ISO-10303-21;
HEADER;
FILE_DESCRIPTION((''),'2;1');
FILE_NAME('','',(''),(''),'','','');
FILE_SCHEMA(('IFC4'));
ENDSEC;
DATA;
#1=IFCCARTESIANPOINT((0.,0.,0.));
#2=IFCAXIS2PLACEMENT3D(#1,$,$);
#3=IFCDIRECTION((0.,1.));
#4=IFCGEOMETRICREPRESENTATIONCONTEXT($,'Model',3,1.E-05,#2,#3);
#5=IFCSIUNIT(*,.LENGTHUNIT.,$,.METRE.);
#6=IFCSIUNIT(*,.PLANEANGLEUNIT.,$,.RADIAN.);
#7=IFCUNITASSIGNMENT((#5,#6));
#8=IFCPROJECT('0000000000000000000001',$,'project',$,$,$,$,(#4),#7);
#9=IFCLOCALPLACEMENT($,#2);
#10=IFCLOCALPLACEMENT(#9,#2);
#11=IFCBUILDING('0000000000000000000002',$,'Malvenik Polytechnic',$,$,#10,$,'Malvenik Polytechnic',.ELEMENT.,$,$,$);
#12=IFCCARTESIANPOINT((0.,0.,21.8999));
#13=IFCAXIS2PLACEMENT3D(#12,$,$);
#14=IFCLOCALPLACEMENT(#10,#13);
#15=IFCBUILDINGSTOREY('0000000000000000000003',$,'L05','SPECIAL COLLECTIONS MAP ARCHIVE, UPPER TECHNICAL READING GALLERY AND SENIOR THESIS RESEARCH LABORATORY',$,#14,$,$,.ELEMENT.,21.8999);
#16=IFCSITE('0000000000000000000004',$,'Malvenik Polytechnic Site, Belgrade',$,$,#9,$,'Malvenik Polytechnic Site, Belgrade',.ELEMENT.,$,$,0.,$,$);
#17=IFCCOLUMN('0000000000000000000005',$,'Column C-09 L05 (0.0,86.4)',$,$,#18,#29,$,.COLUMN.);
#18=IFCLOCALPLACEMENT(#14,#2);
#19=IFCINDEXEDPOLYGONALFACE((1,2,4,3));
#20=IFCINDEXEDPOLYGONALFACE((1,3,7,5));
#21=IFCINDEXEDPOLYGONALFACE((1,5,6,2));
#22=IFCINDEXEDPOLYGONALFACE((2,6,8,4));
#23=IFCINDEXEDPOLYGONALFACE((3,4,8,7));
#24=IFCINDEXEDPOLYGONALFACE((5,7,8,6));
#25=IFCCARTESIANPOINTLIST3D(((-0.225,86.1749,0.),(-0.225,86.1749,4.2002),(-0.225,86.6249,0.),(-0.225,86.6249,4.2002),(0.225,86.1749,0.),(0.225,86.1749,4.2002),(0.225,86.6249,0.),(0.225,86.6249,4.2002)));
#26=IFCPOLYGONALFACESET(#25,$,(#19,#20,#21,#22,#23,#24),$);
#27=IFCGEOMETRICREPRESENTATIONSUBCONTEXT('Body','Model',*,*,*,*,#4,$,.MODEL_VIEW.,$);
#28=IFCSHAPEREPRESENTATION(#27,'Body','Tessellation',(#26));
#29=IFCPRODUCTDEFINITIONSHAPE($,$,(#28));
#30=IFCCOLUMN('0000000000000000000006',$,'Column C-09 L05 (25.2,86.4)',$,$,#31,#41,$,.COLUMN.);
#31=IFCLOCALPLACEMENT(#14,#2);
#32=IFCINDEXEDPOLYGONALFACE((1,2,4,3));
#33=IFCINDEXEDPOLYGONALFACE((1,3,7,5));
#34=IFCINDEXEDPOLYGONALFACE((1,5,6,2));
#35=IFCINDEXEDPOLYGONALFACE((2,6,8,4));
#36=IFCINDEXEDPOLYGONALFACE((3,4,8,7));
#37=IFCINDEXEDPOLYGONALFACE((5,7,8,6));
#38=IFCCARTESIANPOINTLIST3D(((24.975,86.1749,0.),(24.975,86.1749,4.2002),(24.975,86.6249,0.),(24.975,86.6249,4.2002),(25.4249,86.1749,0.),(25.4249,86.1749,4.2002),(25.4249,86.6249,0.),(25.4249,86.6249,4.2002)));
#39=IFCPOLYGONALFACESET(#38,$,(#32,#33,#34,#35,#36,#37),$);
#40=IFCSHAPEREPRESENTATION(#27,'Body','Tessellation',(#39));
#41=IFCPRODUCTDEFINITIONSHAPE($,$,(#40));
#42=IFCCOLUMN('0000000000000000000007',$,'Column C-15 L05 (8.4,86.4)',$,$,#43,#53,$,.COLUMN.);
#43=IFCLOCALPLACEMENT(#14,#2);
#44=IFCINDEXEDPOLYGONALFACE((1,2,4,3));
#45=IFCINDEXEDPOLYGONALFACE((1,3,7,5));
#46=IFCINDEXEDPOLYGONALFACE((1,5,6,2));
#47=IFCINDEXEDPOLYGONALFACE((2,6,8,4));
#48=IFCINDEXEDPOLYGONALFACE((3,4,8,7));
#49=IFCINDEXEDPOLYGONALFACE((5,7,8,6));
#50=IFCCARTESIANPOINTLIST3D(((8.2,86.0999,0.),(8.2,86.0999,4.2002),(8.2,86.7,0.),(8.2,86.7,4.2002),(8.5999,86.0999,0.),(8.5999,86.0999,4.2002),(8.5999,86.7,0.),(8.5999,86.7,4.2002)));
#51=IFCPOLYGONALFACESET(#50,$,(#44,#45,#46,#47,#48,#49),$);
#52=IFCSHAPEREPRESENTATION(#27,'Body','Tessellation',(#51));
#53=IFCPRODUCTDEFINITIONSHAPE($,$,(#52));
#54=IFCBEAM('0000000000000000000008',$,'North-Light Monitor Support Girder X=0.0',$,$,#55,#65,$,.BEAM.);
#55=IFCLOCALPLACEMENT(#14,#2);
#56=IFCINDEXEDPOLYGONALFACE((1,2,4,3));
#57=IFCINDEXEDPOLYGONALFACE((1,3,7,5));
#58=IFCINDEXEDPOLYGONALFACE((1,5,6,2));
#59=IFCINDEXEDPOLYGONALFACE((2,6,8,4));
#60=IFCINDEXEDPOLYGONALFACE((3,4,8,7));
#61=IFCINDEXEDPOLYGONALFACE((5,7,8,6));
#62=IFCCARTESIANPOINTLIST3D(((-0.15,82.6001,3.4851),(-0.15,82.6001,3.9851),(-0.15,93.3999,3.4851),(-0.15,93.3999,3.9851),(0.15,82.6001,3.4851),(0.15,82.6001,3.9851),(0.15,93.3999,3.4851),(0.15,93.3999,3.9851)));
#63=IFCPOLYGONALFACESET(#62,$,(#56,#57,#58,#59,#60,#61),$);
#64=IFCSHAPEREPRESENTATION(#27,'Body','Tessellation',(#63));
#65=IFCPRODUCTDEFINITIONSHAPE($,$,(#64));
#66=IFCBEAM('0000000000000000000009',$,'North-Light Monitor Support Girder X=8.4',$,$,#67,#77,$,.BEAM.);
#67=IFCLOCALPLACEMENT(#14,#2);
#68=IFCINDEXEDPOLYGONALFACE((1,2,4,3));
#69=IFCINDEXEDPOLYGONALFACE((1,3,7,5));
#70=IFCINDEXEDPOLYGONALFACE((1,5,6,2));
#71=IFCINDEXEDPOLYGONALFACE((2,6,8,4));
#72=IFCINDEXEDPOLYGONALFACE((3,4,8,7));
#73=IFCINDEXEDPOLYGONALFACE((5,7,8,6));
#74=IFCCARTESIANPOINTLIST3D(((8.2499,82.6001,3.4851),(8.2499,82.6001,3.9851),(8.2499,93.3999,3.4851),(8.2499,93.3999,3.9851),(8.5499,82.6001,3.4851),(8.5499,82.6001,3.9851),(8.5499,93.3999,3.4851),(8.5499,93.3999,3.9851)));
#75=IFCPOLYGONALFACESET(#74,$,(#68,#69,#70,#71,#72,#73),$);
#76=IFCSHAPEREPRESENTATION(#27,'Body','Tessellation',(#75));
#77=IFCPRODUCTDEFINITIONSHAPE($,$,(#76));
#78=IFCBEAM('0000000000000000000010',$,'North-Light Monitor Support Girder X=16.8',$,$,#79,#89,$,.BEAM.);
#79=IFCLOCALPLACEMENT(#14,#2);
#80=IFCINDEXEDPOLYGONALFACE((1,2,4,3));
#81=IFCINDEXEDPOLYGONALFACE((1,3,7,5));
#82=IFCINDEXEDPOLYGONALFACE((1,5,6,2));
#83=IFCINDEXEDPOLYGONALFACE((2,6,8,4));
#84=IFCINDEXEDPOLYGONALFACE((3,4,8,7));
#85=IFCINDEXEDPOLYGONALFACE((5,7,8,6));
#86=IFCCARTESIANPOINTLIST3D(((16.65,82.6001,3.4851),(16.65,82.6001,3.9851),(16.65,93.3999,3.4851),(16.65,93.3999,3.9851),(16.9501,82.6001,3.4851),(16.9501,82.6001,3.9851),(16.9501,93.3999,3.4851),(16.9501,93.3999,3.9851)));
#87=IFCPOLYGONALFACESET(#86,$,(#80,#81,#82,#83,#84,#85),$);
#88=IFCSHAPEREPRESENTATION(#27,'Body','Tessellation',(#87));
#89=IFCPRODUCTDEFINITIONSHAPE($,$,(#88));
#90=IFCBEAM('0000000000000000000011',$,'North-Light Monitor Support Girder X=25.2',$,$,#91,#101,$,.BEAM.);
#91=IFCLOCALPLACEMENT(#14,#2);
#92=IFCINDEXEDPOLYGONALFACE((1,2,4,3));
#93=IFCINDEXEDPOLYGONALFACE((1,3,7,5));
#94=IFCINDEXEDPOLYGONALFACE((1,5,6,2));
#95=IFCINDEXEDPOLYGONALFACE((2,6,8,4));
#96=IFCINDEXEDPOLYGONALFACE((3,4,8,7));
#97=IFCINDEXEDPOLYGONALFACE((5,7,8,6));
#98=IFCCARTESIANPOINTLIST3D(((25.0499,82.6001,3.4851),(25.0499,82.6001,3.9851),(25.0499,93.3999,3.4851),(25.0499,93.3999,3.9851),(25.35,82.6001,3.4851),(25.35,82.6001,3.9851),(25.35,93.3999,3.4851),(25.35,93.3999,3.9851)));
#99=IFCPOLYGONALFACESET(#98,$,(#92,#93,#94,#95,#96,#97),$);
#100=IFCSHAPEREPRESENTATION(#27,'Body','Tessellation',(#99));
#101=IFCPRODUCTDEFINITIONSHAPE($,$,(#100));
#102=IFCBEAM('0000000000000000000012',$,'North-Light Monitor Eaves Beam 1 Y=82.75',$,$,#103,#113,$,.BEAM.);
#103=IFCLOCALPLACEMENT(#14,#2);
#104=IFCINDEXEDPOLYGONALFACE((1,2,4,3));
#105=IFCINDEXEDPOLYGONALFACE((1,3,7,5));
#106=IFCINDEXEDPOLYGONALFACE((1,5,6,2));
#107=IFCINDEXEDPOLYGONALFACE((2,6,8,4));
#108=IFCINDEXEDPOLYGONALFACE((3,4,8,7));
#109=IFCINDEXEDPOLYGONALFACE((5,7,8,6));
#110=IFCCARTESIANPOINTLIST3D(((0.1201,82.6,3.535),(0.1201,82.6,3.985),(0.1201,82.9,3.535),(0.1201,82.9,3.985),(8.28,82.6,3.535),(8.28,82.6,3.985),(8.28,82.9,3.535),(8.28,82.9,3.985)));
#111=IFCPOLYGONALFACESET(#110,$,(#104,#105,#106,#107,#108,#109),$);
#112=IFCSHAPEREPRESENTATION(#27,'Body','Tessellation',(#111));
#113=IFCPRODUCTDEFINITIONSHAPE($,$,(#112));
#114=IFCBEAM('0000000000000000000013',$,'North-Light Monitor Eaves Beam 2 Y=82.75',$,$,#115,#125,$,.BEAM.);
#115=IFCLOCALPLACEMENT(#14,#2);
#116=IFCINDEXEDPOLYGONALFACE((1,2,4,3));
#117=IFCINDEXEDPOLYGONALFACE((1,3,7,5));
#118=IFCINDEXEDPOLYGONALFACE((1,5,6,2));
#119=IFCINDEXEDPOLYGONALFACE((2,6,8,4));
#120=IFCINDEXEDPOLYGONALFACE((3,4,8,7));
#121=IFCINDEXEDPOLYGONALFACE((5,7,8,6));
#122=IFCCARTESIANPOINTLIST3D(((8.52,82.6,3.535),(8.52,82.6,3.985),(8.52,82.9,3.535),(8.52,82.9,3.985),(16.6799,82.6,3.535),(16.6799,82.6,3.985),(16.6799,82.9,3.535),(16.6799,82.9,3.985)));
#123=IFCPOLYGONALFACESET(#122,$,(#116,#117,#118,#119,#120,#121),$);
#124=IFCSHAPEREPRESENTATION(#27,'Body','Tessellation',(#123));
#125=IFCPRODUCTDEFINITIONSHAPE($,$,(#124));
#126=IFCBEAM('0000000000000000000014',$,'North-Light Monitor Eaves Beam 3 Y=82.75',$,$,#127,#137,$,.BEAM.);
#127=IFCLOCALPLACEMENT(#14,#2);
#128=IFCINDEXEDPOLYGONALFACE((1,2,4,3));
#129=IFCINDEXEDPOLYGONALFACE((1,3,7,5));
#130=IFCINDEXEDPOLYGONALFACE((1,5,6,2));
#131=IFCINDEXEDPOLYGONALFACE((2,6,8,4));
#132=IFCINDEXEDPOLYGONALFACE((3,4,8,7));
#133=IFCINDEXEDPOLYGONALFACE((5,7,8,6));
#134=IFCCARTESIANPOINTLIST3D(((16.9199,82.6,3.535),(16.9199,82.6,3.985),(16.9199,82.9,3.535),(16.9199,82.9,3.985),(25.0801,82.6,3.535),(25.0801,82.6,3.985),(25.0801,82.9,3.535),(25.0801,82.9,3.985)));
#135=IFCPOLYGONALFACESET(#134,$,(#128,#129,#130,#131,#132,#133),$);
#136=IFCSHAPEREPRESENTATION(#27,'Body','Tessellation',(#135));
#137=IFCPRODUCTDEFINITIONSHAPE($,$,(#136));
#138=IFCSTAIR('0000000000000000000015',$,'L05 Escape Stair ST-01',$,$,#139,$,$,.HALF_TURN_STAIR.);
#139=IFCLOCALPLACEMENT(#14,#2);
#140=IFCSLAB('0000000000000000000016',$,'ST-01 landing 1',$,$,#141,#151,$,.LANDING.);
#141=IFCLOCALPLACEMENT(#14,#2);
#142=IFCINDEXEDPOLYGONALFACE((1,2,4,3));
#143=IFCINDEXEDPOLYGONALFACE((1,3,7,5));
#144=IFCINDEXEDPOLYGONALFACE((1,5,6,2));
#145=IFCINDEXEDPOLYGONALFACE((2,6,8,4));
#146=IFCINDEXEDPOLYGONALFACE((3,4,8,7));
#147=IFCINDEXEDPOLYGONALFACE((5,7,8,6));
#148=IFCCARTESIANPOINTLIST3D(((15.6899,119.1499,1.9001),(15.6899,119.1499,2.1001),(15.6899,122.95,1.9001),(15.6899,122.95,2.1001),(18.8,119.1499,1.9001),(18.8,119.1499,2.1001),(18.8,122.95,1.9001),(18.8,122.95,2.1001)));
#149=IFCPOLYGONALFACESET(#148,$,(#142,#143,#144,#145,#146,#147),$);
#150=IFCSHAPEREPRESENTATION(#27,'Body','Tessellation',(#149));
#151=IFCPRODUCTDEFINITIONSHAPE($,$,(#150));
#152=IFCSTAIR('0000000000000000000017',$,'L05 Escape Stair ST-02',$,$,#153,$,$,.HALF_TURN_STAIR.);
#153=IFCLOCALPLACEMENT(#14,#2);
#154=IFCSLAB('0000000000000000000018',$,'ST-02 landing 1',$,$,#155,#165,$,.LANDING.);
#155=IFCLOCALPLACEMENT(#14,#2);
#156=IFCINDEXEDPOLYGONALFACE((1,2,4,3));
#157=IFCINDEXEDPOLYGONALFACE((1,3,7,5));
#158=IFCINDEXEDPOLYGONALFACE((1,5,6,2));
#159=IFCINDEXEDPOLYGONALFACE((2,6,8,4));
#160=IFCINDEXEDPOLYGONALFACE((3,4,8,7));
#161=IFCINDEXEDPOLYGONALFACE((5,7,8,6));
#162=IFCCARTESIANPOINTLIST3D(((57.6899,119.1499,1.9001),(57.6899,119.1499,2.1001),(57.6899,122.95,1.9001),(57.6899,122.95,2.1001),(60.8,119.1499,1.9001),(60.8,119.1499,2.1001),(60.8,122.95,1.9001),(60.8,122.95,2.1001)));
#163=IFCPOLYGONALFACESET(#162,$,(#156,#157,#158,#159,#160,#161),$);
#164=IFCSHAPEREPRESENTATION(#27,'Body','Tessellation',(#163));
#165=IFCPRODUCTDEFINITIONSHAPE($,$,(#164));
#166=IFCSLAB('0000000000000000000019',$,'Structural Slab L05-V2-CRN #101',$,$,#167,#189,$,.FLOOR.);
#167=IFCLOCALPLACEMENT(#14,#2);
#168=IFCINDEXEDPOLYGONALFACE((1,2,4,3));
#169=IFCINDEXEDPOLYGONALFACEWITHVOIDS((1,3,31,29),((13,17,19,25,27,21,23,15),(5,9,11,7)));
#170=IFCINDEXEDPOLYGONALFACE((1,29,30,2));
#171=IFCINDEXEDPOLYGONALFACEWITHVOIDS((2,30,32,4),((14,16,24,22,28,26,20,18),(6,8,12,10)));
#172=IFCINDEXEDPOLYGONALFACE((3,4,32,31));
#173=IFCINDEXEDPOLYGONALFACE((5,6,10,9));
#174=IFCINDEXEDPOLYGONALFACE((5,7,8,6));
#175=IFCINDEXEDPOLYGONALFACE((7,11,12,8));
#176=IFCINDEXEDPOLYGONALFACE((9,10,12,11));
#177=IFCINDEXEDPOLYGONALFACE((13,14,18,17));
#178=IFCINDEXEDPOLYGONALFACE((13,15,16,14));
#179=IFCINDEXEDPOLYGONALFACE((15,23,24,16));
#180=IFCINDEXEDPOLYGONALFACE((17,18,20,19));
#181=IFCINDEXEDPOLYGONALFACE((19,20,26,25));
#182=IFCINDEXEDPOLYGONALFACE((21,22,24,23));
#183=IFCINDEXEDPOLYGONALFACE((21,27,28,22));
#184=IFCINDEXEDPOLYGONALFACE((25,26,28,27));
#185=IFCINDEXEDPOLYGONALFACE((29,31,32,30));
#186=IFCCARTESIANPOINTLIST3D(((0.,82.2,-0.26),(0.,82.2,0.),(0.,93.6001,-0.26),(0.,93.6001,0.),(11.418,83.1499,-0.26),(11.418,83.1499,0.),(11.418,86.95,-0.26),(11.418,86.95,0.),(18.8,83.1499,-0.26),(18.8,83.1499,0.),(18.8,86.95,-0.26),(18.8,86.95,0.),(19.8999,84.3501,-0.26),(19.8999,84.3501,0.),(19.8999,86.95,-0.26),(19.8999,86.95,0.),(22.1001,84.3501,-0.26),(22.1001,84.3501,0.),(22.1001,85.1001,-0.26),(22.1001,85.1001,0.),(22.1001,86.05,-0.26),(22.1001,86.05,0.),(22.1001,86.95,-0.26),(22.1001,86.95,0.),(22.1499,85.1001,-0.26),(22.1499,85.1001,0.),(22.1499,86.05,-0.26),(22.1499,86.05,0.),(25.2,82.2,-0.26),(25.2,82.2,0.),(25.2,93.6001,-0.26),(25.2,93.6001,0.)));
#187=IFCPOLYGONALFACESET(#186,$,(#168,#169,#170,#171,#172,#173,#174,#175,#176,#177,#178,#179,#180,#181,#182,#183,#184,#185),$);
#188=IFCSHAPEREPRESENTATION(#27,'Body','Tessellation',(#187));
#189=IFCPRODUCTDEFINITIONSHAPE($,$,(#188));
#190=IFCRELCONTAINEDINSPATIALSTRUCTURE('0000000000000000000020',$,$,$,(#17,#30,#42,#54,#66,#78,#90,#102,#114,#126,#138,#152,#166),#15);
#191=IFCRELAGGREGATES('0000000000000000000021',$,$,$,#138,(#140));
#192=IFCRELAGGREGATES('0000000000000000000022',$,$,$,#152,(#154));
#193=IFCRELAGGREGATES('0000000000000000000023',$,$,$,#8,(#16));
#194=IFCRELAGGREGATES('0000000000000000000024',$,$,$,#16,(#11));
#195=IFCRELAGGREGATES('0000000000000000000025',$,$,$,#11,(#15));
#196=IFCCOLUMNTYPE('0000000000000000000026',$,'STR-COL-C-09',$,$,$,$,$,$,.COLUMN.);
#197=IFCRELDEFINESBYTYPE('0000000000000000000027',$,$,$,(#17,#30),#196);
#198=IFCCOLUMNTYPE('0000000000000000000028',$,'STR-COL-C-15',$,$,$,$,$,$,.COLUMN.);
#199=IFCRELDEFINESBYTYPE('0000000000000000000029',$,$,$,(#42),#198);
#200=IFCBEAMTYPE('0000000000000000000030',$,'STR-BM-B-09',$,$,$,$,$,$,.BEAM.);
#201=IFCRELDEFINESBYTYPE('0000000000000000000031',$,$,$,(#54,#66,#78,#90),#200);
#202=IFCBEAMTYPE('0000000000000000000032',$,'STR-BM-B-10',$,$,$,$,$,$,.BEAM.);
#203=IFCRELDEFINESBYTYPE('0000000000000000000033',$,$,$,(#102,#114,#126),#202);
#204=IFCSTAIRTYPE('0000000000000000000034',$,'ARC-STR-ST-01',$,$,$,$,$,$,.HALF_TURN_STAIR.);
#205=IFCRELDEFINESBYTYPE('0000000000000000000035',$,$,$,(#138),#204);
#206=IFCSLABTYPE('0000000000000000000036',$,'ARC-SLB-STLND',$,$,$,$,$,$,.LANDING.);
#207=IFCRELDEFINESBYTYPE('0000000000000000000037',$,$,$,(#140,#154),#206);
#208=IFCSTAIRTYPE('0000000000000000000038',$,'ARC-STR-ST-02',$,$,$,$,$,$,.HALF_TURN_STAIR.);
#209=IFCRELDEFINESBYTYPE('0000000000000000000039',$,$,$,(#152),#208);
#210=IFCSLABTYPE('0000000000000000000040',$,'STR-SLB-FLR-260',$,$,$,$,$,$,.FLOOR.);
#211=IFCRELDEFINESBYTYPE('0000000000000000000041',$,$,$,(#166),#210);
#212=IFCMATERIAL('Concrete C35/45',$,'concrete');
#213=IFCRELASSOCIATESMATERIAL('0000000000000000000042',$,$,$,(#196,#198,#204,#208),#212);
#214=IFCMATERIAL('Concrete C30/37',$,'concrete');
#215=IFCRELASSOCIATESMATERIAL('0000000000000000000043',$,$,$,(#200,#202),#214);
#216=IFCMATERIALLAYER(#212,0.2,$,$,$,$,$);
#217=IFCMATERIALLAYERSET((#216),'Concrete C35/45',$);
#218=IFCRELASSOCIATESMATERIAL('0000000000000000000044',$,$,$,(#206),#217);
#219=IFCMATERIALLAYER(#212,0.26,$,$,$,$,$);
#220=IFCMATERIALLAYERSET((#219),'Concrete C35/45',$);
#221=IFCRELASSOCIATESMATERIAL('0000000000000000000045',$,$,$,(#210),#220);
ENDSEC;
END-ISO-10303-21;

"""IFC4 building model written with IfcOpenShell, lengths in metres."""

from ifc_helpers import new_model, si_unit, direction, frame, origin, origin_2d, place, context, subcontext, project, spatial, polyline, rectangle, outline, extrude, material, layer, layer_set, material_profile, profile_set, type_object, element, aggregate, save


model = new_model("IFC4")

# Units and contexts
model_context = context("Model", 3, precision=1e-05, world=origin(), true_north=direction((0.0, 1.0)))
body_context = subcontext(model_context, "Body", "Model", "MODEL_VIEW")
ifc_project = project(units=[si_unit("LENGTHUNIT", "METRE"), si_unit("PLANEANGLEUNIT", "RADIAN")], contexts=[model_context])

# Site, building, storey
site_placement = place(None, origin())
site = spatial("IfcSite", under=ifc_project, at=site_placement, Name="Malvenik Polytechnic Site, Belgrade", LongName="Malvenik Polytechnic Site, Belgrade", CompositionType="ELEMENT", RefElevation=0.0)
building_placement = place(site_placement, origin())
building = spatial("IfcBuilding", under=site, at=building_placement, Name="Malvenik Polytechnic", LongName="Malvenik Polytechnic", CompositionType="ELEMENT")
storey_placement = place(building_placement, frame((0.0, 0.0, 21.8999)))
storey = spatial("IfcBuildingStorey", under=building, at=storey_placement, Name="L05", Description="SPECIAL COLLECTIONS MAP ARCHIVE, UPPER TECHNICAL READING GALLERY AND SENIOR THESIS RESEARCH LABORATORY", CompositionType="ELEMENT", Elevation=21.8999)

# Columns
ifc_material_1 = material(Name="Concrete C35/45", Category="concrete")
ifc_material_profile_1 = material_profile(ifc_material_1, rectangle(XDim=0.45, YDim=0.45, at=origin_2d()), Name="RC COL 450x450")
ifc_profile_set_1 = profile_set([ifc_material_profile_1], Name="Concrete C35/45")
column_type_1 = type_object("IfcColumnType", Name="STR-COL-C-09", PredefinedType="COLUMN", material=ifc_profile_set_1)
for number, where, z_axis, x_axis, name in (
    (1, (0.0, 86.3999, 0.0), (0.0, 0.0, 1.0), (1.0, 0.0, 0.0), "Column C-09 L05 (0.0,86.4)"),
    (2, (25.2, 86.3999, 0.0), (0.0, 0.0, 1.0), (1.0, 0.0, 0.0), "Column C-09 L05 (25.2,86.4)"),
):
    element("IfcColumn", number, at=place(storey_placement, frame(where, z_axis=z_axis, x_axis=x_axis)), inside=storey, type_object=column_type_1, Name=name, PredefinedType="COLUMN", context=body_context, shape_type="SweptSolid", body=[
        extrude(rectangle(XDim=0.45, YDim=0.45, at=origin_2d()), origin(), (0.0, 0.0, 1.0), 4.2002),
    ])
ifc_material_profile_2 = material_profile(ifc_material_1, rectangle(XDim=0.3999, YDim=0.6001, at=origin_2d()), Name="RC COL 600x400")
ifc_profile_set_2 = profile_set([ifc_material_profile_2], Name="Concrete C35/45")
column_type_2 = type_object("IfcColumnType", Name="STR-COL-C-15", PredefinedType="COLUMN", material=ifc_profile_set_2)
column_placement = place(storey_placement, frame((8.3999, 86.3999, 0.0), z_axis=(0.0, 0.0, 1.0), x_axis=(1.0, 0.0, 0.0)))
element("IfcColumn", 3, at=column_placement, inside=storey, type_object=column_type_2, Name="Column C-15 L05 (8.4,86.4)", PredefinedType="COLUMN", context=body_context, shape_type="SweptSolid", body=[
    extrude(rectangle(XDim=0.3999, YDim=0.6001, at=origin_2d()), origin(), (0.0, 0.0, 1.0), 4.2002),
])

# Beams
ifc_material_2 = material(Name="Concrete C30/37", Category="concrete")
ifc_material_profile_3 = material_profile(ifc_material_2, rectangle(XDim=0.3, YDim=0.5, at=origin_2d()), Name="RC BM 300x500")
ifc_profile_set_3 = profile_set([ifc_material_profile_3], Name="Concrete C30/37")
beam_type_1 = type_object("IfcBeamType", Name="STR-BM-B-09", PredefinedType="BEAM", material=ifc_profile_set_3)
for number, where, z_axis, x_axis, name in (
    (4, (0.0, 82.6001, 3.7351), (0.0, 1.0, 0.0), (-1.0, 0.0, 0.0), "North-Light Monitor Support Girder X=0.0"),
    (5, (8.3999, 82.6001, 3.7351), (0.0, 1.0, 0.0), (-1.0, 0.0, 0.0), "North-Light Monitor Support Girder X=8.4"),
    (6, (16.8, 82.6001, 3.7351), (0.0, 1.0, 0.0), (-1.0, 0.0, 0.0), "North-Light Monitor Support Girder X=16.8"),
    (7, (25.2, 82.6001, 3.7351), (0.0, 1.0, 0.0), (-1.0, 0.0, 0.0), "North-Light Monitor Support Girder X=25.2"),
):
    element("IfcBeam", number, at=place(storey_placement, frame(where, z_axis=z_axis, x_axis=x_axis)), inside=storey, type_object=beam_type_1, Name=name, PredefinedType="BEAM", context=body_context, shape_type="SweptSolid", body=[
        extrude(rectangle(XDim=0.3, YDim=0.5, at=origin_2d()), origin(), (0.0, 0.0, 1.0), 10.7998),
    ])
ifc_material_profile_4 = material_profile(ifc_material_2, rectangle(XDim=0.3, YDim=0.45, at=origin_2d()), Name="RC BM 300x450")
ifc_profile_set_4 = profile_set([ifc_material_profile_4], Name="Concrete C30/37")
beam_type_2 = type_object("IfcBeamType", Name="STR-BM-B-10", PredefinedType="BEAM", material=ifc_profile_set_4)
for number, where, z_axis, x_axis, name in (
    (8, (0.1201, 82.75, 3.76), (1.0, 0.0, 0.0), (0.0, 1.0, 0.0), "North-Light Monitor Eaves Beam 1 Y=82.75"),
    (9, (8.52, 82.75, 3.76), (1.0, 0.0, 0.0), (0.0, 1.0, 0.0), "North-Light Monitor Eaves Beam 2 Y=82.75"),
):
    element("IfcBeam", number, at=place(storey_placement, frame(where, z_axis=z_axis, x_axis=x_axis)), inside=storey, type_object=beam_type_2, Name=name, PredefinedType="BEAM", context=body_context, shape_type="SweptSolid", body=[
        extrude(rectangle(XDim=0.3, YDim=0.45, at=origin_2d()), origin(), (0.0, 0.0, 1.0), 8.1599),
    ])
beam_placement = place(storey_placement, frame((16.9199, 82.75, 3.76), z_axis=(1.0, 0.0, 0.0), x_axis=(0.0, 1.0, 0.0)))
element("IfcBeam", 10, at=beam_placement, inside=storey, type_object=beam_type_2, Name="North-Light Monitor Eaves Beam 3 Y=82.75", PredefinedType="BEAM", context=body_context, shape_type="SweptSolid", body=[
    extrude(rectangle(XDim=0.3, YDim=0.45, at=origin_2d()), origin(), (0.0, 0.0, 1.0), 8.1602),
])

# Stairs, slabs
stair_type_1 = type_object("IfcStairType", Name="ARC-STR-ST-01", PredefinedType="HALF_TURN_STAIR", material=ifc_material_1)
stair_1_placement = place(storey_placement, origin())
stair_1 = element("IfcStair", 11, at=stair_1_placement, inside=storey, type_object=stair_type_1, Name="L05 Escape Stair ST-01", PredefinedType="HALF_TURN_STAIR")
ifc_layer_1 = layer(ifc_material_1, 0.2)
ifc_layer_set_1 = layer_set([ifc_layer_1], Name="Concrete C35/45")
slab_type_1 = type_object("IfcSlabType", Name="ARC-SLB-STLND", PredefinedType="LANDING", material=ifc_layer_set_1)
slab_1_placement = place(storey_placement, frame((0.0, 0.0, 1.9001)))
slab_1 = element("IfcSlab", 12, at=slab_1_placement, type_object=slab_type_1, Name="ST-01 landing 1", PredefinedType="LANDING", context=body_context, shape_type="SweptSolid", body=[
    extrude(outline(polyline([(15.6899, 119.1499), (18.8, 119.1499), (18.8, 122.95), (15.6899, 122.95), (15.6899, 119.1499)])), origin(), (0.0, 0.0, 1.0), 0.2),
])
aggregate(stair_1, [slab_1])
stair_type_2 = type_object("IfcStairType", Name="ARC-STR-ST-02", PredefinedType="HALF_TURN_STAIR", material=ifc_material_1)
stair_2_placement = place(storey_placement, origin())
stair_2 = element("IfcStair", 13, at=stair_2_placement, inside=storey, type_object=stair_type_2, Name="L05 Escape Stair ST-02", PredefinedType="HALF_TURN_STAIR")
slab_2_placement = place(storey_placement, frame((0.0, 0.0, 1.9001)))
slab_2 = element("IfcSlab", 14, at=slab_2_placement, type_object=slab_type_1, Name="ST-02 landing 1", PredefinedType="LANDING", context=body_context, shape_type="SweptSolid", body=[
    extrude(outline(polyline([(57.6899, 119.1499), (60.8, 119.1499), (60.8, 122.95), (57.6899, 122.95), (57.6899, 119.1499)])), origin(), (0.0, 0.0, 1.0), 0.2),
])
aggregate(stair_2, [slab_2])

# Slab
ifc_layer_2 = layer(ifc_material_1, 0.26)
ifc_layer_set_2 = layer_set([ifc_layer_2], Name="Concrete C35/45")
slab_type_2 = type_object("IfcSlabType", Name="STR-SLB-FLR-260", PredefinedType="FLOOR", material=ifc_layer_set_2)
slab_3_placement = place(storey_placement, frame((0.0, 0.0, -0.26)))
element("IfcSlab", 15, at=slab_3_placement, inside=storey, type_object=slab_type_2, Name="Structural Slab L05-V2-CRN #101", PredefinedType="FLOOR", context=body_context, shape_type="SweptSolid", body=[
    extrude(outline(polyline([(25.2, 93.6001), (25.2, 82.2), (0.0, 82.2), (0.0, 93.6001), (25.2, 93.6001)]), holes=[polyline([(11.418, 86.95), (11.418, 83.1499), (18.8, 83.1499), (18.8, 86.95), (11.418, 86.95)]), polyline([(22.1001, 86.05), (22.1001, 86.95), (19.8999, 86.95), (19.8999, 84.3501), (22.1001, 84.3501), (22.1001, 85.1001), (22.1499, 85.1001), (22.1499, 86.05), (22.1001, 86.05)])]), origin(), (0.0, 0.0, 1.0), 0.26),
])

save(model, "model.ifc")
